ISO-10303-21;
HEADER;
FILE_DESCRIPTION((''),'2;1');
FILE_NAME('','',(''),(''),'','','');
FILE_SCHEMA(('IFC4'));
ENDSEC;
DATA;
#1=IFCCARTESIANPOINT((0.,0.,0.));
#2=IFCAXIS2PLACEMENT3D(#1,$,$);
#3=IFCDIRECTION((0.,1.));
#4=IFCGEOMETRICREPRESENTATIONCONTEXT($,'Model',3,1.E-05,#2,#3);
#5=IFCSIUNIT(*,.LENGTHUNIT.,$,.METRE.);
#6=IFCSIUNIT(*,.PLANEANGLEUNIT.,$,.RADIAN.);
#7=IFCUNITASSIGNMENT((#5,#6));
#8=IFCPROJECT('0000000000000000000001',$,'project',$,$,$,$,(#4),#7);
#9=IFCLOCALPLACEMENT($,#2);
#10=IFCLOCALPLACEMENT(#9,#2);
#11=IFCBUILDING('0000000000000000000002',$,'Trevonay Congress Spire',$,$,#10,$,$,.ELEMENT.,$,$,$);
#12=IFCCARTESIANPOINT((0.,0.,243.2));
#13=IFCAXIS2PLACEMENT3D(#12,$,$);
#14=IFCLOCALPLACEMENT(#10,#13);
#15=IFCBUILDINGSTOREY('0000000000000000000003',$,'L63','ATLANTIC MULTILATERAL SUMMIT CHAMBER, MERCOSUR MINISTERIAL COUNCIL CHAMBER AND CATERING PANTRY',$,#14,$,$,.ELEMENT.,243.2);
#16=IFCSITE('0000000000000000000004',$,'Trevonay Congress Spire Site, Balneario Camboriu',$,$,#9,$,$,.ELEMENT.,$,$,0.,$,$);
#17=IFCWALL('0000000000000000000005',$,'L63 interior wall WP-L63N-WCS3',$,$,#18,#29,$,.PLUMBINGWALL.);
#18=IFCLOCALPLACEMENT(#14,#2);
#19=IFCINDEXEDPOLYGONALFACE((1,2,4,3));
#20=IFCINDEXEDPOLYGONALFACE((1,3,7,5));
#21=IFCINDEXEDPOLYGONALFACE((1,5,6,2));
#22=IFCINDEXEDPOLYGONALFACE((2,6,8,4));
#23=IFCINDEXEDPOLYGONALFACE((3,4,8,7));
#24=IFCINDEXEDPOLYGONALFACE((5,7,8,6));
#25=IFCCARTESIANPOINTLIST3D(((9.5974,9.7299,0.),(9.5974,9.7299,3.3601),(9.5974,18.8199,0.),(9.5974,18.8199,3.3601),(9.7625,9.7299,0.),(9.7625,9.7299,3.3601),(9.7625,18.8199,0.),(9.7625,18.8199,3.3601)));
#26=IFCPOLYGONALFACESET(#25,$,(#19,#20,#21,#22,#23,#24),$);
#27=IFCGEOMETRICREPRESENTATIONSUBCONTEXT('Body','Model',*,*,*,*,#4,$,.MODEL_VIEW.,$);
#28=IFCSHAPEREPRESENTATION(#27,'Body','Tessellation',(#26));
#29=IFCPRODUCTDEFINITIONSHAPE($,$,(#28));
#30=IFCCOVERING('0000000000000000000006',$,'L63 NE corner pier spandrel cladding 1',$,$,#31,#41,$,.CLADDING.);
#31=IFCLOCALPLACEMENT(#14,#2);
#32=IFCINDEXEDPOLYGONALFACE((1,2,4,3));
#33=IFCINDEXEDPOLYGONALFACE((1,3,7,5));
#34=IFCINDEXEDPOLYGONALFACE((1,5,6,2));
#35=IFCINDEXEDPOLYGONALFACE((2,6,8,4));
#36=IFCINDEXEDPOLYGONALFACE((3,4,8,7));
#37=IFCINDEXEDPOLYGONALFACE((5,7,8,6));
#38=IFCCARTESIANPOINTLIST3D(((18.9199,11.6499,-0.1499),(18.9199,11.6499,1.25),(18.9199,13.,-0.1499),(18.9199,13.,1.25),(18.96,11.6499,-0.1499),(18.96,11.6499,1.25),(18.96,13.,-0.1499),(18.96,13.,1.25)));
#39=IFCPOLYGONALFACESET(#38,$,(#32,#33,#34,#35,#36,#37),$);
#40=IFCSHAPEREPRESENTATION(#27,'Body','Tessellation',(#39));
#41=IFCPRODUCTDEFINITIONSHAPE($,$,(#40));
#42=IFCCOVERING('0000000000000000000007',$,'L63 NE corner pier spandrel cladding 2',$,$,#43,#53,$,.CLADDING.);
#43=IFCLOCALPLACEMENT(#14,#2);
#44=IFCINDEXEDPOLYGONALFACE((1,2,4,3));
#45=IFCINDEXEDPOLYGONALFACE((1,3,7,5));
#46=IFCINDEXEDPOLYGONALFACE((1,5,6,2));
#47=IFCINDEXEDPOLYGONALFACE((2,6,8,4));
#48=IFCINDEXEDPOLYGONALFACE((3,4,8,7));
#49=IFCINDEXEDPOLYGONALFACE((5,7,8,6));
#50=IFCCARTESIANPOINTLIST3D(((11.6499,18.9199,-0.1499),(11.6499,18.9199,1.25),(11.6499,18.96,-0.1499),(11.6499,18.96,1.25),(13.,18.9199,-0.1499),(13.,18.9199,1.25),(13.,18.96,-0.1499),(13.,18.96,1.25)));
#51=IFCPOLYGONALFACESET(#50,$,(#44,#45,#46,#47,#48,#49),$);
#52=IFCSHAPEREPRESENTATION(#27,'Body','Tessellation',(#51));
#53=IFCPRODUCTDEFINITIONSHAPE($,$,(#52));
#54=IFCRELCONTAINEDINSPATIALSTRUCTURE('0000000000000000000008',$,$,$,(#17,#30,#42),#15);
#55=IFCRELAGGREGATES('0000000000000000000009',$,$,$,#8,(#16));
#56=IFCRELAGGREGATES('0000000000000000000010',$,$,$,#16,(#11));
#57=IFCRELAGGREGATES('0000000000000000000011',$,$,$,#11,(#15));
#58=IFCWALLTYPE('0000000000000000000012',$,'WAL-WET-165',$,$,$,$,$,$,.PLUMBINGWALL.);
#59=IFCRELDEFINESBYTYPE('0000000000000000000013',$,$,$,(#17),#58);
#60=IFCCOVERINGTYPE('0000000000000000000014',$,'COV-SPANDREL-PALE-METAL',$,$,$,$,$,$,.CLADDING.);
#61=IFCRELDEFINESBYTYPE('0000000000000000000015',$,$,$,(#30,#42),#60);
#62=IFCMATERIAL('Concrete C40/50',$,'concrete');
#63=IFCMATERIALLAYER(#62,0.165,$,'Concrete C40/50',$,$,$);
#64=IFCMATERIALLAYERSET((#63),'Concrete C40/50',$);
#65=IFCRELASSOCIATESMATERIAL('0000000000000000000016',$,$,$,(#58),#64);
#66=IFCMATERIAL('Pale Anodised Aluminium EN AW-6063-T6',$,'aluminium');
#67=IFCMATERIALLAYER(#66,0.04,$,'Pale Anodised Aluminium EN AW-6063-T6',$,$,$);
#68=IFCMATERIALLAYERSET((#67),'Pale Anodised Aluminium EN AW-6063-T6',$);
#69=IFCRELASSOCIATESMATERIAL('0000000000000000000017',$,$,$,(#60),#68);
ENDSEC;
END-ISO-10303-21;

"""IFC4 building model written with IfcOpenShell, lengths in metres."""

from ifc_helpers import new_model, si_unit, direction, frame, frame_2d, origin, place, context, subcontext, project, spatial, rectangle, extrude, material, layer, layer_set, type_object, element, save


model = new_model("IFC4")

# Units and contexts
model_context = context("Model", 3, precision=1e-05, world=origin(), true_north=direction((0.0, 1.0)))
body_context = subcontext(model_context, "Body", "Model", "MODEL_VIEW")
ifc_project = project(units=[si_unit("LENGTHUNIT", "METRE"), si_unit("PLANEANGLEUNIT", "RADIAN")], contexts=[model_context])

# Site, building, storey
site_placement = place(None, origin())
site = spatial("IfcSite", under=ifc_project, at=site_placement, Name="Trevonay Congress Spire Site, Balneario Camboriu", CompositionType="ELEMENT", RefElevation=0.0)
building_placement = place(site_placement, origin())
building = spatial("IfcBuilding", under=site, at=building_placement, Name="Trevonay Congress Spire", CompositionType="ELEMENT")
storey_placement = place(building_placement, frame((0.0, 0.0, 243.2)))
storey = spatial("IfcBuildingStorey", under=building, at=storey_placement, Name="L63", Description="ATLANTIC MULTILATERAL SUMMIT CHAMBER, MERCOSUR MINISTERIAL COUNCIL CHAMBER AND CATERING PANTRY", CompositionType="ELEMENT", Elevation=243.2)

# Shared definitions
ifc_material_1 = material(Name="Pale Anodised Aluminium EN AW-6063-T6", Category="aluminium")

# Wall
ifc_material_2 = material(Name="Concrete C40/50", Category="concrete")
ifc_layer_1 = layer(ifc_material_2, 0.165, Name="Concrete C40/50")
ifc_layer_set_1 = layer_set([ifc_layer_1], Name="Concrete C40/50")
wall_type_1 = type_object("IfcWallType", Name="WAL-WET-165", PredefinedType="PLUMBINGWALL", material=ifc_layer_set_1)
wall_1_placement = place(storey_placement, frame((9.6799, 9.73, 0.0), z_axis=(0.0, 0.0, 1.0), x_axis=(0.0, 1.0, 0.0)))
element("IfcWall", 1, at=wall_1_placement, inside=storey, type_object=wall_type_1, Name="L63 interior wall WP-L63N-WCS3", PredefinedType="PLUMBINGWALL", context=body_context, shape_type="SweptSolid", body=[
    extrude(rectangle(XDim=9.0901, YDim=0.165, at=frame_2d((4.5449, 0.0))), origin(), (0.0, 0.0, 1.0), 3.3601),
])

# Coverings
ifc_layer_2 = layer(ifc_material_1, 0.04, Name="Pale Anodised Aluminium EN AW-6063-T6")
ifc_layer_set_2 = layer_set([ifc_layer_2], Name="Pale Anodised Aluminium EN AW-6063-T6")
covering_type = type_object("IfcCoveringType", Name="COV-SPANDREL-PALE-METAL", PredefinedType="CLADDING", material=ifc_layer_set_2)
for number, where, z_axis, x_axis, name in (
    (2, (18.9399, 11.6499, -0.1499), (0.0, 0.0, 1.0), (0.0, 1.0, 0.0), "L63 NE corner pier spandrel cladding 1"),
    (3, (11.6499, 18.9399, -0.1499), (0.0, 0.0, 1.0), (1.0, 0.0, 0.0), "L63 NE corner pier spandrel cladding 2"),
):
    element("IfcCovering", number, at=place(storey_placement, frame(where, z_axis=z_axis, x_axis=x_axis)), inside=storey, type_object=covering_type, Name=name, PredefinedType="CLADDING", context=body_context, shape_type="SweptSolid", body=[
        extrude(rectangle(XDim=1.3501, YDim=0.04, at=frame_2d((0.675, 0.0))), origin(), (0.0, 0.0, 1.0), 1.3999),
    ])

save(model, "model.ifc")
